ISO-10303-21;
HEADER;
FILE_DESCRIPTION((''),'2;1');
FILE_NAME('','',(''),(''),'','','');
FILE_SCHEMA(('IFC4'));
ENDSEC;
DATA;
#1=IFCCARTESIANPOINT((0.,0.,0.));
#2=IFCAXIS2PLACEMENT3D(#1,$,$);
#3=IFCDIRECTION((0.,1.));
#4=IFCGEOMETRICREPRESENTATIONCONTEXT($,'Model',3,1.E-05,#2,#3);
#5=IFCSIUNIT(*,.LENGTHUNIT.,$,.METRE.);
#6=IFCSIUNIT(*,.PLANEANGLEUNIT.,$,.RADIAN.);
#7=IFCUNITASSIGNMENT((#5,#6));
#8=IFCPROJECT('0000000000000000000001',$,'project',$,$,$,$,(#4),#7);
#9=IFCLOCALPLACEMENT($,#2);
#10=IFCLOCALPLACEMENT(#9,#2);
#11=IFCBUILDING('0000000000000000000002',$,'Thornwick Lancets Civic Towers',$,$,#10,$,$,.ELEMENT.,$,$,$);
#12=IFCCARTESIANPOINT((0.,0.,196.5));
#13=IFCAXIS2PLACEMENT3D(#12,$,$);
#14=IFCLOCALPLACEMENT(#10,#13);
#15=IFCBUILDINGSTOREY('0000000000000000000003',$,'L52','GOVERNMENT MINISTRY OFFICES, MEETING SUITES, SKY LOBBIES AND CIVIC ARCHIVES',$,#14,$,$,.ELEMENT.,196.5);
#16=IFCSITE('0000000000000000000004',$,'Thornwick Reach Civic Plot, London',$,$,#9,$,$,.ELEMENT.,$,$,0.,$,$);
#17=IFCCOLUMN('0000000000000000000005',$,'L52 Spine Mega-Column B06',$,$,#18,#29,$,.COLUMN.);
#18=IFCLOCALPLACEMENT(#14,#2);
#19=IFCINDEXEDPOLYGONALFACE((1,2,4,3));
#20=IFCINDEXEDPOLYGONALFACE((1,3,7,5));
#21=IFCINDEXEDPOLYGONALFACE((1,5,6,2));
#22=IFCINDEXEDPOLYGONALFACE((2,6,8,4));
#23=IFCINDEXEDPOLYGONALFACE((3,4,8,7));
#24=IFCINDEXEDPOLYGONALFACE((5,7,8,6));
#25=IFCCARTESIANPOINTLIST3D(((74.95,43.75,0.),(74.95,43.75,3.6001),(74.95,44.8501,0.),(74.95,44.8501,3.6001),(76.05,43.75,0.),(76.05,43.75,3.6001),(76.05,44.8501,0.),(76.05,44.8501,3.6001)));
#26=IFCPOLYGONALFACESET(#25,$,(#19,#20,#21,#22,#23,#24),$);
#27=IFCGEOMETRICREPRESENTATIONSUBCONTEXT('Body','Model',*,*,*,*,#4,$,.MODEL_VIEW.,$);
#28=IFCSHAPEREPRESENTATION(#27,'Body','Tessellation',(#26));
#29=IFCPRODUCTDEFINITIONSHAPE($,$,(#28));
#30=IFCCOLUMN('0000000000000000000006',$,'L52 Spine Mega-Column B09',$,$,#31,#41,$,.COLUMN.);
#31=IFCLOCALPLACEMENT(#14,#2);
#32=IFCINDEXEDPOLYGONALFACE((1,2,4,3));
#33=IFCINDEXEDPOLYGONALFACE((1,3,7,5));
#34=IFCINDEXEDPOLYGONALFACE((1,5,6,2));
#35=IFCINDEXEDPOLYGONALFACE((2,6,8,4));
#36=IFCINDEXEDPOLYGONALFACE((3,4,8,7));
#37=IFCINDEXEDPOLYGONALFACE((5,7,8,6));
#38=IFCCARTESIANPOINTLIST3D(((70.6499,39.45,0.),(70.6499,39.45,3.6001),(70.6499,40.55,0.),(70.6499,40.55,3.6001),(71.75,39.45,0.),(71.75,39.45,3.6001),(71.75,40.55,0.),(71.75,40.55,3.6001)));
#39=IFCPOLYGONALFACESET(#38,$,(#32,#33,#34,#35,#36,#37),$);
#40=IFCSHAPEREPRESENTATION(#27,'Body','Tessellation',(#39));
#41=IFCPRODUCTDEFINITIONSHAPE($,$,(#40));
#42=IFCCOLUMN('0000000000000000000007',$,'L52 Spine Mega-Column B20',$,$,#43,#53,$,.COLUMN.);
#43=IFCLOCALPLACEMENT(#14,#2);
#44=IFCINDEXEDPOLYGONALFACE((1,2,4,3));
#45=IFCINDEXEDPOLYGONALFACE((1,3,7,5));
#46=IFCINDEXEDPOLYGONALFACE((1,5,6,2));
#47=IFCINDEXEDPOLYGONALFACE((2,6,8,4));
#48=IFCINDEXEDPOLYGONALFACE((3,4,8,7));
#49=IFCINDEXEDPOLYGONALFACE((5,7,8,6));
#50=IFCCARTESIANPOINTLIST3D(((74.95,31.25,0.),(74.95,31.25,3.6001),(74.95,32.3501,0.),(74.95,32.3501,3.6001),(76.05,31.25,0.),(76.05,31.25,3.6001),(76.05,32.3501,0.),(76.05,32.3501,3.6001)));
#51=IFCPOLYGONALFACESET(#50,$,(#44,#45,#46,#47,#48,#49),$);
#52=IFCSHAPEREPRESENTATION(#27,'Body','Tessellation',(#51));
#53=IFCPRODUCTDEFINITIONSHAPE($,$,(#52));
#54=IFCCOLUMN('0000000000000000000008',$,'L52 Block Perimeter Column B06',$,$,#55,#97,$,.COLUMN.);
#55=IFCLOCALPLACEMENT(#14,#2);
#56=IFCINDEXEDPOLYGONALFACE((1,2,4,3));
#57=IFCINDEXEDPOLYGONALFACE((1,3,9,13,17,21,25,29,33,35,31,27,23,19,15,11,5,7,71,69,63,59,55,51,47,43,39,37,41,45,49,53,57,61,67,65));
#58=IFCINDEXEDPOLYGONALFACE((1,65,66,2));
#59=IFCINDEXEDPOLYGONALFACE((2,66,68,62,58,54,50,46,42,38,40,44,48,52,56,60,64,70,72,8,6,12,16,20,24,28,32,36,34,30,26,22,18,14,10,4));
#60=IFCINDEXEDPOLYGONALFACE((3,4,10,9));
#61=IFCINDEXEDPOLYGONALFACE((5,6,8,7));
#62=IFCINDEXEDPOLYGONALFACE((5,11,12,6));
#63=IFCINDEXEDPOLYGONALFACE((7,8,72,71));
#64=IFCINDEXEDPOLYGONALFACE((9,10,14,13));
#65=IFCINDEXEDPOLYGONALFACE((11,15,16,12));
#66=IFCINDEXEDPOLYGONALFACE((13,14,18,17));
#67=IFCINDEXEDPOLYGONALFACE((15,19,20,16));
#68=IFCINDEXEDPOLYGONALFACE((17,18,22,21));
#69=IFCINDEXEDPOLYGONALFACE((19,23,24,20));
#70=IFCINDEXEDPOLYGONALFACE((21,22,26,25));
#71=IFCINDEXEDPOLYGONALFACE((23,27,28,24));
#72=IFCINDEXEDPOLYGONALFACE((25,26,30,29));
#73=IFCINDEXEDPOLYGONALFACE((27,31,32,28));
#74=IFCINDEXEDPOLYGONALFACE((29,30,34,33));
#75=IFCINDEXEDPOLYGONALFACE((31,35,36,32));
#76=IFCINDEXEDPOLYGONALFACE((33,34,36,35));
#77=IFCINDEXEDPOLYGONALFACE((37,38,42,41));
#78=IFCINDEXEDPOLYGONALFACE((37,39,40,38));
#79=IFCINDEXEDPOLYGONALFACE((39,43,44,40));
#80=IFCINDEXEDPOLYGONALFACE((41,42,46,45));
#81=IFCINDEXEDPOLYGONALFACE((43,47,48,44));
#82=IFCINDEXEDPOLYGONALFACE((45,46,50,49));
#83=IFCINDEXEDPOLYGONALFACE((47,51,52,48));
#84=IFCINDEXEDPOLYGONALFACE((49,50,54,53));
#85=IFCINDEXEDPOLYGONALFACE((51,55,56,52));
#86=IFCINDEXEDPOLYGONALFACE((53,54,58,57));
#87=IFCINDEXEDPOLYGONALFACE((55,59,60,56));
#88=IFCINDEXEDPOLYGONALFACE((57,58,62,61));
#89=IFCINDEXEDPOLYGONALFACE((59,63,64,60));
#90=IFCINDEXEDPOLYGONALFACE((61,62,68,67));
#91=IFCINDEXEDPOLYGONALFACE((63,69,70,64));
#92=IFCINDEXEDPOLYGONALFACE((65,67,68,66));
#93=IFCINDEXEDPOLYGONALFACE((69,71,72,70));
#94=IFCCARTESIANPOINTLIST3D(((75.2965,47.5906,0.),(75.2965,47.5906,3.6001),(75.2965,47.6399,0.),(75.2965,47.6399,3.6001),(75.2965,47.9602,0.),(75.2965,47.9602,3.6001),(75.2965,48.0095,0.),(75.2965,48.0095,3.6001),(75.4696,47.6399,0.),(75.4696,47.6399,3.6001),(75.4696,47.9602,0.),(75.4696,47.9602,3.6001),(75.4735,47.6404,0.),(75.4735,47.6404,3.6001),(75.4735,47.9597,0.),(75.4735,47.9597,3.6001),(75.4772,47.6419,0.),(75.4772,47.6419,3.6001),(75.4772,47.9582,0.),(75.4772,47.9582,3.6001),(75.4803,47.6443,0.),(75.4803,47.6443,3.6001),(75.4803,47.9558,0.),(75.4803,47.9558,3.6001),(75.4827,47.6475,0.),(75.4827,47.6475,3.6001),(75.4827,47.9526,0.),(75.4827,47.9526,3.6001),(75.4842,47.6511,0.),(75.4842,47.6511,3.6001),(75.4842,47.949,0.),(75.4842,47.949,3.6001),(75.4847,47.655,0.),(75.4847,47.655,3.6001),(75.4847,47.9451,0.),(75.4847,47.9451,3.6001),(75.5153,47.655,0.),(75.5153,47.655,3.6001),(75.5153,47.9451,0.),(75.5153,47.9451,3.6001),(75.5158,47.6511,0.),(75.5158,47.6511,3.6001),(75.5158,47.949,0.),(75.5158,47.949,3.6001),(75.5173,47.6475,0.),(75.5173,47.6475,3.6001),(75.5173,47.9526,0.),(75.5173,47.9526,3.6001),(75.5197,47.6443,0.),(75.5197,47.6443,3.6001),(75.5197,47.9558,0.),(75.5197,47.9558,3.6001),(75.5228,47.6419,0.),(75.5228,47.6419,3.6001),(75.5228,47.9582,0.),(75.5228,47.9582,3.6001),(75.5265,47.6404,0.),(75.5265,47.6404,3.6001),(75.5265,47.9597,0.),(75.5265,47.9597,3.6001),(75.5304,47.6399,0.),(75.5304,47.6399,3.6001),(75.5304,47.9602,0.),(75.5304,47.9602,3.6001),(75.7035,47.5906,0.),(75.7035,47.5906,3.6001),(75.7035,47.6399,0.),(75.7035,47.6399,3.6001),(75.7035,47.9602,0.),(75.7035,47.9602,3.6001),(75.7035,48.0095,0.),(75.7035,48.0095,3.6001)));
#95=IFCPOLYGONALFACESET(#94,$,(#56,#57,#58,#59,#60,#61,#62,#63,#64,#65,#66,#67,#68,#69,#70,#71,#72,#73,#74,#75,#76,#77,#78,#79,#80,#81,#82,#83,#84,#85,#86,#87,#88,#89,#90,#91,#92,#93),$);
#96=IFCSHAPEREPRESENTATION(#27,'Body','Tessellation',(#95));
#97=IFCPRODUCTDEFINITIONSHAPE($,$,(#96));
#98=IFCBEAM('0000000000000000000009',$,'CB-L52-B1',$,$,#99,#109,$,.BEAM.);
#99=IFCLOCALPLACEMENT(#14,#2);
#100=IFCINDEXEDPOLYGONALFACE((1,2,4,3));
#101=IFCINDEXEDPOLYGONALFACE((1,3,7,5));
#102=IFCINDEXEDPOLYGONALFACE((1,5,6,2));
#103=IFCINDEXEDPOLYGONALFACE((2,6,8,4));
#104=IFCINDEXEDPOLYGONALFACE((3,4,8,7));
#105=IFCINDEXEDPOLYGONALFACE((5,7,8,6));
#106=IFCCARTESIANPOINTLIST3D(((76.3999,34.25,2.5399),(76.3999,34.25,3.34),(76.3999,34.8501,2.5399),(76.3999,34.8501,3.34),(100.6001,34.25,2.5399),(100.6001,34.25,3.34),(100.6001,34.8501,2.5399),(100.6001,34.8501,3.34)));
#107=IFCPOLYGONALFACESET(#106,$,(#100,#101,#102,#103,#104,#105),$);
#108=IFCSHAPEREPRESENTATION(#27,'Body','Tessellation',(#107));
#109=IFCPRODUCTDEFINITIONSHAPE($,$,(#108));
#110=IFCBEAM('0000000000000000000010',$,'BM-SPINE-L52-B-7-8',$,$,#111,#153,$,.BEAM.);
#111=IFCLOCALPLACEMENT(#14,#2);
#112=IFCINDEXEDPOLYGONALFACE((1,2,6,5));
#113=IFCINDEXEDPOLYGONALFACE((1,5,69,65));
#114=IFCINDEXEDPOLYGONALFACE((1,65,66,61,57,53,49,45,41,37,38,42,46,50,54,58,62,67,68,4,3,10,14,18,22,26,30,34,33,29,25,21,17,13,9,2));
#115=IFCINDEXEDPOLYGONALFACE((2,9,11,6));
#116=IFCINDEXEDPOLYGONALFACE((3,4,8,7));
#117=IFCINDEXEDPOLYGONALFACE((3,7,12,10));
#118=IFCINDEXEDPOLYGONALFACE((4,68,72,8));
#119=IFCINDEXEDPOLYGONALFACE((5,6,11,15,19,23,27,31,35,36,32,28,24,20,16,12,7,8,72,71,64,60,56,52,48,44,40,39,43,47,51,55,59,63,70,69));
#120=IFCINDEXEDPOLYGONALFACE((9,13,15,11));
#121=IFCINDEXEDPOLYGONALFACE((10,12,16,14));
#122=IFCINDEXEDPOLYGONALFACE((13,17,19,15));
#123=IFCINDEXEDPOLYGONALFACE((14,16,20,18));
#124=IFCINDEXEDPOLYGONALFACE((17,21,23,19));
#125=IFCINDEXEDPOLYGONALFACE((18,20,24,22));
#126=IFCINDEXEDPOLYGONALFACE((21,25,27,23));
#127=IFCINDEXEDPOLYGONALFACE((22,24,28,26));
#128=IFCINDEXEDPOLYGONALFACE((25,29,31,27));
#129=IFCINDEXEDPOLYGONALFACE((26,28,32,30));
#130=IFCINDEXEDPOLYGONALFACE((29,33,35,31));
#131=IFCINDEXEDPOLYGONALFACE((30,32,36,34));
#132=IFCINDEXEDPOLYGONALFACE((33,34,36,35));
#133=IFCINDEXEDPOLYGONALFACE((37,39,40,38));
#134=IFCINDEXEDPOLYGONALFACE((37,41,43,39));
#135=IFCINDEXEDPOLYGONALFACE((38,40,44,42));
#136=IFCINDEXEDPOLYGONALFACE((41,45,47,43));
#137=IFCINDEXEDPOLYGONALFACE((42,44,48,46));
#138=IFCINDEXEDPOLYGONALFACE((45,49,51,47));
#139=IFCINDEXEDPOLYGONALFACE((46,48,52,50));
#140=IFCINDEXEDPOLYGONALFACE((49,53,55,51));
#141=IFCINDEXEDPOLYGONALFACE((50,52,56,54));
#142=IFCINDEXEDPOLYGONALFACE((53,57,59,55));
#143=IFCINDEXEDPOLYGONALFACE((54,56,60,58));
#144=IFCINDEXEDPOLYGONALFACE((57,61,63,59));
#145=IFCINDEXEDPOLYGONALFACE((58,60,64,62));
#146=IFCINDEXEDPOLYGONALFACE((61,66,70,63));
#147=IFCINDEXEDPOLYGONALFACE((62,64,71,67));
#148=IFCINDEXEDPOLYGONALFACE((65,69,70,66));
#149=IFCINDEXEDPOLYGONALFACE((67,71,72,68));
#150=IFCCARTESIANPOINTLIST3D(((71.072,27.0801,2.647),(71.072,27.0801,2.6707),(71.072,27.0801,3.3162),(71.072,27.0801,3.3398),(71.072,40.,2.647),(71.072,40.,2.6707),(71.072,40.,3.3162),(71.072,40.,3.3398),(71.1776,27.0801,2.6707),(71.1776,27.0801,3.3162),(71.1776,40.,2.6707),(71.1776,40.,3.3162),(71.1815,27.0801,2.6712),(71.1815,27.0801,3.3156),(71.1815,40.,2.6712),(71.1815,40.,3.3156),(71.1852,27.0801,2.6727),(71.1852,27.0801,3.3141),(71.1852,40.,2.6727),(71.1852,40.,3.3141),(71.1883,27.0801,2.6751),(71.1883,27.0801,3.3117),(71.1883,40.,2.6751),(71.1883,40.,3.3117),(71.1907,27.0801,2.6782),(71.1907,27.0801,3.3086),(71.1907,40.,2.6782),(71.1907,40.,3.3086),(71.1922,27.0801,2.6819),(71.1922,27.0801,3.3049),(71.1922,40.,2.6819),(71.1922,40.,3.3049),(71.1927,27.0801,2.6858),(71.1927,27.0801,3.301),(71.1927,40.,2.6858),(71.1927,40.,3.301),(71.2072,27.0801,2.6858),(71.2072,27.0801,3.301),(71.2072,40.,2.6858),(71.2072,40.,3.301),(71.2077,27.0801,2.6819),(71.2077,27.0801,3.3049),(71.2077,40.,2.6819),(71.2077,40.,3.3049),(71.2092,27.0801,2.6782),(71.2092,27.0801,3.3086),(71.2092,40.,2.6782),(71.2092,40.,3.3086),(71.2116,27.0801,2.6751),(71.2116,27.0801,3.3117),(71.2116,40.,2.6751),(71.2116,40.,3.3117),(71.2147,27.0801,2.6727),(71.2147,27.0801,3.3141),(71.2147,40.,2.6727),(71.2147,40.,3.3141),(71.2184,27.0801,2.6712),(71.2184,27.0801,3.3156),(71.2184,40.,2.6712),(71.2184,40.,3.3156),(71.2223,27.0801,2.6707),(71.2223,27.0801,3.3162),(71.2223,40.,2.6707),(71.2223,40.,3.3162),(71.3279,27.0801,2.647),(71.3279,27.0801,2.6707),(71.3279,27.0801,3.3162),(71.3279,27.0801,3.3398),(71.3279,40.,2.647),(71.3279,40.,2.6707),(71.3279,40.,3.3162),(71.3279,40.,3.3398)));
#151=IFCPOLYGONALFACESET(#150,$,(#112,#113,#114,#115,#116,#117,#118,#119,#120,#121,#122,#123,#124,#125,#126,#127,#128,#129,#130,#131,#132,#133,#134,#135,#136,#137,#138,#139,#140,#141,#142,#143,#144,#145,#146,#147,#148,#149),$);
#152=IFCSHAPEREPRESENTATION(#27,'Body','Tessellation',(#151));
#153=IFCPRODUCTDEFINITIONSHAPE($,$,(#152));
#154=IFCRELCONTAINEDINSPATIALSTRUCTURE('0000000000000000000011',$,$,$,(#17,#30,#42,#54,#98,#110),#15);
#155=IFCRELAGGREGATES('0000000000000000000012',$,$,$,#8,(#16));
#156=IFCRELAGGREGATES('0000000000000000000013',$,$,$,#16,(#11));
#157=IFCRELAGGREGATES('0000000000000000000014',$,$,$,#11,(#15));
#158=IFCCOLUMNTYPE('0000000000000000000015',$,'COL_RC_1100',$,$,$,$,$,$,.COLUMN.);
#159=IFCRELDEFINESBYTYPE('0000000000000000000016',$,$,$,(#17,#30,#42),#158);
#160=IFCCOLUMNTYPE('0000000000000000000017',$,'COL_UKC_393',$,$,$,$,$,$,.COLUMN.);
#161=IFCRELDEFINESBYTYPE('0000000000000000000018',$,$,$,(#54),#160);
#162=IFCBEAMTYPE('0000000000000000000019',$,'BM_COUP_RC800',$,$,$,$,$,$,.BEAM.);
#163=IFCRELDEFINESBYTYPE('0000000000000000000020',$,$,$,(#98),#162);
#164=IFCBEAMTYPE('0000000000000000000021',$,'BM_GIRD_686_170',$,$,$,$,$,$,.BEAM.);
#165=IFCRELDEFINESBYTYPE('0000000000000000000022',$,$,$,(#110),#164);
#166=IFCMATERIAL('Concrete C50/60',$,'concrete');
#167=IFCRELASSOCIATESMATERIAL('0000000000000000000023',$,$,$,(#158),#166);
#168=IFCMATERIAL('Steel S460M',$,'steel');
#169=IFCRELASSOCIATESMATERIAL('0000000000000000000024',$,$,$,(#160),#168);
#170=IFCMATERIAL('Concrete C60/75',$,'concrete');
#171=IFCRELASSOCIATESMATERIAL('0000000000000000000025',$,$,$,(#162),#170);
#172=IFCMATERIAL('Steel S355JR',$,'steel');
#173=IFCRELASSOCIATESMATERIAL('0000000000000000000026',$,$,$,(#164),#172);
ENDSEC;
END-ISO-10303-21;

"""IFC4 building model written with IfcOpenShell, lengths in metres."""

from ifc_helpers import new_model, si_unit, direction, frame, origin, origin_2d, place, context, subcontext, project, spatial, rectangle, i_section, extrude, material, material_profile, profile_set, type_object, element, save


model = new_model("IFC4")

# Units and contexts
model_context = context("Model", 3, precision=1e-05, world=origin(), true_north=direction((0.0, 1.0)))
body_context = subcontext(model_context, "Body", "Model", "MODEL_VIEW")
ifc_project = project(units=[si_unit("LENGTHUNIT", "METRE"), si_unit("PLANEANGLEUNIT", "RADIAN")], contexts=[model_context])

# Site, building, storey
site_placement = place(None, origin())
site = spatial("IfcSite", under=ifc_project, at=site_placement, Name="Thornwick Reach Civic Plot, London", CompositionType="ELEMENT", RefElevation=0.0)
building_placement = place(site_placement, origin())
building = spatial("IfcBuilding", under=site, at=building_placement, Name="Thornwick Lancets Civic Towers", CompositionType="ELEMENT")
storey_placement = place(building_placement, frame((0.0, 0.0, 196.5)))
storey = spatial("IfcBuildingStorey", under=building, at=storey_placement, Name="L52", Description="GOVERNMENT MINISTRY OFFICES, MEETING SUITES, SKY LOBBIES AND CIVIC ARCHIVES", CompositionType="ELEMENT", Elevation=196.5)

# Columns
ifc_material_1 = material(Name="Concrete C50/60", Category="concrete")
ifc_material_profile_1 = material_profile(ifc_material_1, rectangle(XDim=1.1001, YDim=1.1001, at=origin_2d()), Name="RC 1100x1100")
ifc_profile_set_1 = profile_set([ifc_material_profile_1], Name="Concrete C50/60")
column_type_1 = type_object("IfcColumnType", Name="COL_RC_1100", PredefinedType="COLUMN", material=ifc_profile_set_1)
for number, where, z_axis, x_axis, name in (
    (1, (75.5, 44.3, 0.0), (0.0, 0.0, 1.0), (1.0, 0.0, 0.0), "L52 Spine Mega-Column B06"),
    (2, (71.2, 40.0, 0.0), (0.0, 0.0, 1.0), (1.0, 0.0, 0.0), "L52 Spine Mega-Column B09"),
    (3, (75.5, 31.8, 0.0), (0.0, 0.0, 1.0), (1.0, 0.0, 0.0), "L52 Spine Mega-Column B20"),
):
    element("IfcColumn", number, at=place(storey_placement, frame(where, z_axis=z_axis, x_axis=x_axis)), inside=storey, type_object=column_type_1, Name=name, PredefinedType="COLUMN", context=body_context, shape_type="SweptSolid", body=[
        extrude(rectangle(XDim=1.1001, YDim=1.1001, at=origin_2d()), origin(), (0.0, 0.0, 1.0), 3.6001),
    ])
ifc_material_2 = material(Name="Steel S460M", Category="steel")
ifc_material_profile_2 = material_profile(ifc_material_2, i_section(OverallWidth=0.407, OverallDepth=0.4189, WebThickness=0.0305, FlangeThickness=0.0493, FilletRadius=0.0151, at=origin_2d()), Name="UKC 356x406x393")
ifc_profile_set_2 = profile_set([ifc_material_profile_2], Name="Steel S460M")
column_type_2 = type_object("IfcColumnType", Name="COL_UKC_393", PredefinedType="COLUMN", material=ifc_profile_set_2)
column_placement = place(storey_placement, frame((75.5, 47.8, 0.0), z_axis=(0.0, 0.0, 1.0), x_axis=(1.0, 0.0, 0.0)))
element("IfcColumn", 4, at=column_placement, inside=storey, type_object=column_type_2, Name="L52 Block Perimeter Column B06", PredefinedType="COLUMN", context=body_context, shape_type="SweptSolid", body=[
    extrude(i_section(OverallWidth=0.407, OverallDepth=0.4189, WebThickness=0.0305, FlangeThickness=0.0493, FilletRadius=0.0151, at=origin_2d()), origin(), (0.0, 0.0, 1.0), 3.6001),
])

# Beams
ifc_material_3 = material(Name="Concrete C60/75", Category="concrete")
ifc_material_profile_3 = material_profile(ifc_material_3, rectangle(XDim=0.6001, YDim=0.8, at=origin_2d()), Name="RC 600x800")
ifc_profile_set_3 = profile_set([ifc_material_profile_3], Name="Concrete C60/75")
beam_type_1 = type_object("IfcBeamType", Name="BM_COUP_RC800", PredefinedType="BEAM", material=ifc_profile_set_3)
beam_1_placement = place(storey_placement, frame((76.3999, 34.55, 2.9399), z_axis=(1.0, 0.0, 0.0), x_axis=(0.0, 1.0, 0.0)))
element("IfcBeam", 5, at=beam_1_placement, inside=storey, type_object=beam_type_1, Name="CB-L52-B1", PredefinedType="BEAM", context=body_context, shape_type="SweptSolid", body=[
    extrude(rectangle(XDim=0.6001, YDim=0.8, at=origin_2d()), origin(), (0.0, 0.0, 1.0), 24.2002),
])
ifc_material_4 = material(Name="Steel S355JR", Category="steel")
ifc_material_profile_4 = material_profile(ifc_material_4, i_section(OverallWidth=0.2559, OverallDepth=0.6929, WebThickness=0.0144, FlangeThickness=0.0237, FilletRadius=0.0151, at=origin_2d()), Name="UKB 686x254x170")
ifc_profile_set_4 = profile_set([ifc_material_profile_4], Name="Steel S355JR")
beam_type_2 = type_object("IfcBeamType", Name="BM_GIRD_686_170", PredefinedType="BEAM", material=ifc_profile_set_4)
beam_2_placement = place(storey_placement, frame((71.2, 27.0801, 2.9934), z_axis=(0.0, 1.0, 0.0), x_axis=(-1.0, 0.0, 0.0)))
element("IfcBeam", 6, at=beam_2_placement, inside=storey, type_object=beam_type_2, Name="BM-SPINE-L52-B-7-8", PredefinedType="BEAM", context=body_context, shape_type="SweptSolid", body=[
    extrude(i_section(OverallWidth=0.2559, OverallDepth=0.6929, WebThickness=0.0144, FlangeThickness=0.0237, FilletRadius=0.0151, at=origin_2d()), origin(), (0.0, 0.0, 1.0), 12.9199),
])

save(model, "model.ifc")
